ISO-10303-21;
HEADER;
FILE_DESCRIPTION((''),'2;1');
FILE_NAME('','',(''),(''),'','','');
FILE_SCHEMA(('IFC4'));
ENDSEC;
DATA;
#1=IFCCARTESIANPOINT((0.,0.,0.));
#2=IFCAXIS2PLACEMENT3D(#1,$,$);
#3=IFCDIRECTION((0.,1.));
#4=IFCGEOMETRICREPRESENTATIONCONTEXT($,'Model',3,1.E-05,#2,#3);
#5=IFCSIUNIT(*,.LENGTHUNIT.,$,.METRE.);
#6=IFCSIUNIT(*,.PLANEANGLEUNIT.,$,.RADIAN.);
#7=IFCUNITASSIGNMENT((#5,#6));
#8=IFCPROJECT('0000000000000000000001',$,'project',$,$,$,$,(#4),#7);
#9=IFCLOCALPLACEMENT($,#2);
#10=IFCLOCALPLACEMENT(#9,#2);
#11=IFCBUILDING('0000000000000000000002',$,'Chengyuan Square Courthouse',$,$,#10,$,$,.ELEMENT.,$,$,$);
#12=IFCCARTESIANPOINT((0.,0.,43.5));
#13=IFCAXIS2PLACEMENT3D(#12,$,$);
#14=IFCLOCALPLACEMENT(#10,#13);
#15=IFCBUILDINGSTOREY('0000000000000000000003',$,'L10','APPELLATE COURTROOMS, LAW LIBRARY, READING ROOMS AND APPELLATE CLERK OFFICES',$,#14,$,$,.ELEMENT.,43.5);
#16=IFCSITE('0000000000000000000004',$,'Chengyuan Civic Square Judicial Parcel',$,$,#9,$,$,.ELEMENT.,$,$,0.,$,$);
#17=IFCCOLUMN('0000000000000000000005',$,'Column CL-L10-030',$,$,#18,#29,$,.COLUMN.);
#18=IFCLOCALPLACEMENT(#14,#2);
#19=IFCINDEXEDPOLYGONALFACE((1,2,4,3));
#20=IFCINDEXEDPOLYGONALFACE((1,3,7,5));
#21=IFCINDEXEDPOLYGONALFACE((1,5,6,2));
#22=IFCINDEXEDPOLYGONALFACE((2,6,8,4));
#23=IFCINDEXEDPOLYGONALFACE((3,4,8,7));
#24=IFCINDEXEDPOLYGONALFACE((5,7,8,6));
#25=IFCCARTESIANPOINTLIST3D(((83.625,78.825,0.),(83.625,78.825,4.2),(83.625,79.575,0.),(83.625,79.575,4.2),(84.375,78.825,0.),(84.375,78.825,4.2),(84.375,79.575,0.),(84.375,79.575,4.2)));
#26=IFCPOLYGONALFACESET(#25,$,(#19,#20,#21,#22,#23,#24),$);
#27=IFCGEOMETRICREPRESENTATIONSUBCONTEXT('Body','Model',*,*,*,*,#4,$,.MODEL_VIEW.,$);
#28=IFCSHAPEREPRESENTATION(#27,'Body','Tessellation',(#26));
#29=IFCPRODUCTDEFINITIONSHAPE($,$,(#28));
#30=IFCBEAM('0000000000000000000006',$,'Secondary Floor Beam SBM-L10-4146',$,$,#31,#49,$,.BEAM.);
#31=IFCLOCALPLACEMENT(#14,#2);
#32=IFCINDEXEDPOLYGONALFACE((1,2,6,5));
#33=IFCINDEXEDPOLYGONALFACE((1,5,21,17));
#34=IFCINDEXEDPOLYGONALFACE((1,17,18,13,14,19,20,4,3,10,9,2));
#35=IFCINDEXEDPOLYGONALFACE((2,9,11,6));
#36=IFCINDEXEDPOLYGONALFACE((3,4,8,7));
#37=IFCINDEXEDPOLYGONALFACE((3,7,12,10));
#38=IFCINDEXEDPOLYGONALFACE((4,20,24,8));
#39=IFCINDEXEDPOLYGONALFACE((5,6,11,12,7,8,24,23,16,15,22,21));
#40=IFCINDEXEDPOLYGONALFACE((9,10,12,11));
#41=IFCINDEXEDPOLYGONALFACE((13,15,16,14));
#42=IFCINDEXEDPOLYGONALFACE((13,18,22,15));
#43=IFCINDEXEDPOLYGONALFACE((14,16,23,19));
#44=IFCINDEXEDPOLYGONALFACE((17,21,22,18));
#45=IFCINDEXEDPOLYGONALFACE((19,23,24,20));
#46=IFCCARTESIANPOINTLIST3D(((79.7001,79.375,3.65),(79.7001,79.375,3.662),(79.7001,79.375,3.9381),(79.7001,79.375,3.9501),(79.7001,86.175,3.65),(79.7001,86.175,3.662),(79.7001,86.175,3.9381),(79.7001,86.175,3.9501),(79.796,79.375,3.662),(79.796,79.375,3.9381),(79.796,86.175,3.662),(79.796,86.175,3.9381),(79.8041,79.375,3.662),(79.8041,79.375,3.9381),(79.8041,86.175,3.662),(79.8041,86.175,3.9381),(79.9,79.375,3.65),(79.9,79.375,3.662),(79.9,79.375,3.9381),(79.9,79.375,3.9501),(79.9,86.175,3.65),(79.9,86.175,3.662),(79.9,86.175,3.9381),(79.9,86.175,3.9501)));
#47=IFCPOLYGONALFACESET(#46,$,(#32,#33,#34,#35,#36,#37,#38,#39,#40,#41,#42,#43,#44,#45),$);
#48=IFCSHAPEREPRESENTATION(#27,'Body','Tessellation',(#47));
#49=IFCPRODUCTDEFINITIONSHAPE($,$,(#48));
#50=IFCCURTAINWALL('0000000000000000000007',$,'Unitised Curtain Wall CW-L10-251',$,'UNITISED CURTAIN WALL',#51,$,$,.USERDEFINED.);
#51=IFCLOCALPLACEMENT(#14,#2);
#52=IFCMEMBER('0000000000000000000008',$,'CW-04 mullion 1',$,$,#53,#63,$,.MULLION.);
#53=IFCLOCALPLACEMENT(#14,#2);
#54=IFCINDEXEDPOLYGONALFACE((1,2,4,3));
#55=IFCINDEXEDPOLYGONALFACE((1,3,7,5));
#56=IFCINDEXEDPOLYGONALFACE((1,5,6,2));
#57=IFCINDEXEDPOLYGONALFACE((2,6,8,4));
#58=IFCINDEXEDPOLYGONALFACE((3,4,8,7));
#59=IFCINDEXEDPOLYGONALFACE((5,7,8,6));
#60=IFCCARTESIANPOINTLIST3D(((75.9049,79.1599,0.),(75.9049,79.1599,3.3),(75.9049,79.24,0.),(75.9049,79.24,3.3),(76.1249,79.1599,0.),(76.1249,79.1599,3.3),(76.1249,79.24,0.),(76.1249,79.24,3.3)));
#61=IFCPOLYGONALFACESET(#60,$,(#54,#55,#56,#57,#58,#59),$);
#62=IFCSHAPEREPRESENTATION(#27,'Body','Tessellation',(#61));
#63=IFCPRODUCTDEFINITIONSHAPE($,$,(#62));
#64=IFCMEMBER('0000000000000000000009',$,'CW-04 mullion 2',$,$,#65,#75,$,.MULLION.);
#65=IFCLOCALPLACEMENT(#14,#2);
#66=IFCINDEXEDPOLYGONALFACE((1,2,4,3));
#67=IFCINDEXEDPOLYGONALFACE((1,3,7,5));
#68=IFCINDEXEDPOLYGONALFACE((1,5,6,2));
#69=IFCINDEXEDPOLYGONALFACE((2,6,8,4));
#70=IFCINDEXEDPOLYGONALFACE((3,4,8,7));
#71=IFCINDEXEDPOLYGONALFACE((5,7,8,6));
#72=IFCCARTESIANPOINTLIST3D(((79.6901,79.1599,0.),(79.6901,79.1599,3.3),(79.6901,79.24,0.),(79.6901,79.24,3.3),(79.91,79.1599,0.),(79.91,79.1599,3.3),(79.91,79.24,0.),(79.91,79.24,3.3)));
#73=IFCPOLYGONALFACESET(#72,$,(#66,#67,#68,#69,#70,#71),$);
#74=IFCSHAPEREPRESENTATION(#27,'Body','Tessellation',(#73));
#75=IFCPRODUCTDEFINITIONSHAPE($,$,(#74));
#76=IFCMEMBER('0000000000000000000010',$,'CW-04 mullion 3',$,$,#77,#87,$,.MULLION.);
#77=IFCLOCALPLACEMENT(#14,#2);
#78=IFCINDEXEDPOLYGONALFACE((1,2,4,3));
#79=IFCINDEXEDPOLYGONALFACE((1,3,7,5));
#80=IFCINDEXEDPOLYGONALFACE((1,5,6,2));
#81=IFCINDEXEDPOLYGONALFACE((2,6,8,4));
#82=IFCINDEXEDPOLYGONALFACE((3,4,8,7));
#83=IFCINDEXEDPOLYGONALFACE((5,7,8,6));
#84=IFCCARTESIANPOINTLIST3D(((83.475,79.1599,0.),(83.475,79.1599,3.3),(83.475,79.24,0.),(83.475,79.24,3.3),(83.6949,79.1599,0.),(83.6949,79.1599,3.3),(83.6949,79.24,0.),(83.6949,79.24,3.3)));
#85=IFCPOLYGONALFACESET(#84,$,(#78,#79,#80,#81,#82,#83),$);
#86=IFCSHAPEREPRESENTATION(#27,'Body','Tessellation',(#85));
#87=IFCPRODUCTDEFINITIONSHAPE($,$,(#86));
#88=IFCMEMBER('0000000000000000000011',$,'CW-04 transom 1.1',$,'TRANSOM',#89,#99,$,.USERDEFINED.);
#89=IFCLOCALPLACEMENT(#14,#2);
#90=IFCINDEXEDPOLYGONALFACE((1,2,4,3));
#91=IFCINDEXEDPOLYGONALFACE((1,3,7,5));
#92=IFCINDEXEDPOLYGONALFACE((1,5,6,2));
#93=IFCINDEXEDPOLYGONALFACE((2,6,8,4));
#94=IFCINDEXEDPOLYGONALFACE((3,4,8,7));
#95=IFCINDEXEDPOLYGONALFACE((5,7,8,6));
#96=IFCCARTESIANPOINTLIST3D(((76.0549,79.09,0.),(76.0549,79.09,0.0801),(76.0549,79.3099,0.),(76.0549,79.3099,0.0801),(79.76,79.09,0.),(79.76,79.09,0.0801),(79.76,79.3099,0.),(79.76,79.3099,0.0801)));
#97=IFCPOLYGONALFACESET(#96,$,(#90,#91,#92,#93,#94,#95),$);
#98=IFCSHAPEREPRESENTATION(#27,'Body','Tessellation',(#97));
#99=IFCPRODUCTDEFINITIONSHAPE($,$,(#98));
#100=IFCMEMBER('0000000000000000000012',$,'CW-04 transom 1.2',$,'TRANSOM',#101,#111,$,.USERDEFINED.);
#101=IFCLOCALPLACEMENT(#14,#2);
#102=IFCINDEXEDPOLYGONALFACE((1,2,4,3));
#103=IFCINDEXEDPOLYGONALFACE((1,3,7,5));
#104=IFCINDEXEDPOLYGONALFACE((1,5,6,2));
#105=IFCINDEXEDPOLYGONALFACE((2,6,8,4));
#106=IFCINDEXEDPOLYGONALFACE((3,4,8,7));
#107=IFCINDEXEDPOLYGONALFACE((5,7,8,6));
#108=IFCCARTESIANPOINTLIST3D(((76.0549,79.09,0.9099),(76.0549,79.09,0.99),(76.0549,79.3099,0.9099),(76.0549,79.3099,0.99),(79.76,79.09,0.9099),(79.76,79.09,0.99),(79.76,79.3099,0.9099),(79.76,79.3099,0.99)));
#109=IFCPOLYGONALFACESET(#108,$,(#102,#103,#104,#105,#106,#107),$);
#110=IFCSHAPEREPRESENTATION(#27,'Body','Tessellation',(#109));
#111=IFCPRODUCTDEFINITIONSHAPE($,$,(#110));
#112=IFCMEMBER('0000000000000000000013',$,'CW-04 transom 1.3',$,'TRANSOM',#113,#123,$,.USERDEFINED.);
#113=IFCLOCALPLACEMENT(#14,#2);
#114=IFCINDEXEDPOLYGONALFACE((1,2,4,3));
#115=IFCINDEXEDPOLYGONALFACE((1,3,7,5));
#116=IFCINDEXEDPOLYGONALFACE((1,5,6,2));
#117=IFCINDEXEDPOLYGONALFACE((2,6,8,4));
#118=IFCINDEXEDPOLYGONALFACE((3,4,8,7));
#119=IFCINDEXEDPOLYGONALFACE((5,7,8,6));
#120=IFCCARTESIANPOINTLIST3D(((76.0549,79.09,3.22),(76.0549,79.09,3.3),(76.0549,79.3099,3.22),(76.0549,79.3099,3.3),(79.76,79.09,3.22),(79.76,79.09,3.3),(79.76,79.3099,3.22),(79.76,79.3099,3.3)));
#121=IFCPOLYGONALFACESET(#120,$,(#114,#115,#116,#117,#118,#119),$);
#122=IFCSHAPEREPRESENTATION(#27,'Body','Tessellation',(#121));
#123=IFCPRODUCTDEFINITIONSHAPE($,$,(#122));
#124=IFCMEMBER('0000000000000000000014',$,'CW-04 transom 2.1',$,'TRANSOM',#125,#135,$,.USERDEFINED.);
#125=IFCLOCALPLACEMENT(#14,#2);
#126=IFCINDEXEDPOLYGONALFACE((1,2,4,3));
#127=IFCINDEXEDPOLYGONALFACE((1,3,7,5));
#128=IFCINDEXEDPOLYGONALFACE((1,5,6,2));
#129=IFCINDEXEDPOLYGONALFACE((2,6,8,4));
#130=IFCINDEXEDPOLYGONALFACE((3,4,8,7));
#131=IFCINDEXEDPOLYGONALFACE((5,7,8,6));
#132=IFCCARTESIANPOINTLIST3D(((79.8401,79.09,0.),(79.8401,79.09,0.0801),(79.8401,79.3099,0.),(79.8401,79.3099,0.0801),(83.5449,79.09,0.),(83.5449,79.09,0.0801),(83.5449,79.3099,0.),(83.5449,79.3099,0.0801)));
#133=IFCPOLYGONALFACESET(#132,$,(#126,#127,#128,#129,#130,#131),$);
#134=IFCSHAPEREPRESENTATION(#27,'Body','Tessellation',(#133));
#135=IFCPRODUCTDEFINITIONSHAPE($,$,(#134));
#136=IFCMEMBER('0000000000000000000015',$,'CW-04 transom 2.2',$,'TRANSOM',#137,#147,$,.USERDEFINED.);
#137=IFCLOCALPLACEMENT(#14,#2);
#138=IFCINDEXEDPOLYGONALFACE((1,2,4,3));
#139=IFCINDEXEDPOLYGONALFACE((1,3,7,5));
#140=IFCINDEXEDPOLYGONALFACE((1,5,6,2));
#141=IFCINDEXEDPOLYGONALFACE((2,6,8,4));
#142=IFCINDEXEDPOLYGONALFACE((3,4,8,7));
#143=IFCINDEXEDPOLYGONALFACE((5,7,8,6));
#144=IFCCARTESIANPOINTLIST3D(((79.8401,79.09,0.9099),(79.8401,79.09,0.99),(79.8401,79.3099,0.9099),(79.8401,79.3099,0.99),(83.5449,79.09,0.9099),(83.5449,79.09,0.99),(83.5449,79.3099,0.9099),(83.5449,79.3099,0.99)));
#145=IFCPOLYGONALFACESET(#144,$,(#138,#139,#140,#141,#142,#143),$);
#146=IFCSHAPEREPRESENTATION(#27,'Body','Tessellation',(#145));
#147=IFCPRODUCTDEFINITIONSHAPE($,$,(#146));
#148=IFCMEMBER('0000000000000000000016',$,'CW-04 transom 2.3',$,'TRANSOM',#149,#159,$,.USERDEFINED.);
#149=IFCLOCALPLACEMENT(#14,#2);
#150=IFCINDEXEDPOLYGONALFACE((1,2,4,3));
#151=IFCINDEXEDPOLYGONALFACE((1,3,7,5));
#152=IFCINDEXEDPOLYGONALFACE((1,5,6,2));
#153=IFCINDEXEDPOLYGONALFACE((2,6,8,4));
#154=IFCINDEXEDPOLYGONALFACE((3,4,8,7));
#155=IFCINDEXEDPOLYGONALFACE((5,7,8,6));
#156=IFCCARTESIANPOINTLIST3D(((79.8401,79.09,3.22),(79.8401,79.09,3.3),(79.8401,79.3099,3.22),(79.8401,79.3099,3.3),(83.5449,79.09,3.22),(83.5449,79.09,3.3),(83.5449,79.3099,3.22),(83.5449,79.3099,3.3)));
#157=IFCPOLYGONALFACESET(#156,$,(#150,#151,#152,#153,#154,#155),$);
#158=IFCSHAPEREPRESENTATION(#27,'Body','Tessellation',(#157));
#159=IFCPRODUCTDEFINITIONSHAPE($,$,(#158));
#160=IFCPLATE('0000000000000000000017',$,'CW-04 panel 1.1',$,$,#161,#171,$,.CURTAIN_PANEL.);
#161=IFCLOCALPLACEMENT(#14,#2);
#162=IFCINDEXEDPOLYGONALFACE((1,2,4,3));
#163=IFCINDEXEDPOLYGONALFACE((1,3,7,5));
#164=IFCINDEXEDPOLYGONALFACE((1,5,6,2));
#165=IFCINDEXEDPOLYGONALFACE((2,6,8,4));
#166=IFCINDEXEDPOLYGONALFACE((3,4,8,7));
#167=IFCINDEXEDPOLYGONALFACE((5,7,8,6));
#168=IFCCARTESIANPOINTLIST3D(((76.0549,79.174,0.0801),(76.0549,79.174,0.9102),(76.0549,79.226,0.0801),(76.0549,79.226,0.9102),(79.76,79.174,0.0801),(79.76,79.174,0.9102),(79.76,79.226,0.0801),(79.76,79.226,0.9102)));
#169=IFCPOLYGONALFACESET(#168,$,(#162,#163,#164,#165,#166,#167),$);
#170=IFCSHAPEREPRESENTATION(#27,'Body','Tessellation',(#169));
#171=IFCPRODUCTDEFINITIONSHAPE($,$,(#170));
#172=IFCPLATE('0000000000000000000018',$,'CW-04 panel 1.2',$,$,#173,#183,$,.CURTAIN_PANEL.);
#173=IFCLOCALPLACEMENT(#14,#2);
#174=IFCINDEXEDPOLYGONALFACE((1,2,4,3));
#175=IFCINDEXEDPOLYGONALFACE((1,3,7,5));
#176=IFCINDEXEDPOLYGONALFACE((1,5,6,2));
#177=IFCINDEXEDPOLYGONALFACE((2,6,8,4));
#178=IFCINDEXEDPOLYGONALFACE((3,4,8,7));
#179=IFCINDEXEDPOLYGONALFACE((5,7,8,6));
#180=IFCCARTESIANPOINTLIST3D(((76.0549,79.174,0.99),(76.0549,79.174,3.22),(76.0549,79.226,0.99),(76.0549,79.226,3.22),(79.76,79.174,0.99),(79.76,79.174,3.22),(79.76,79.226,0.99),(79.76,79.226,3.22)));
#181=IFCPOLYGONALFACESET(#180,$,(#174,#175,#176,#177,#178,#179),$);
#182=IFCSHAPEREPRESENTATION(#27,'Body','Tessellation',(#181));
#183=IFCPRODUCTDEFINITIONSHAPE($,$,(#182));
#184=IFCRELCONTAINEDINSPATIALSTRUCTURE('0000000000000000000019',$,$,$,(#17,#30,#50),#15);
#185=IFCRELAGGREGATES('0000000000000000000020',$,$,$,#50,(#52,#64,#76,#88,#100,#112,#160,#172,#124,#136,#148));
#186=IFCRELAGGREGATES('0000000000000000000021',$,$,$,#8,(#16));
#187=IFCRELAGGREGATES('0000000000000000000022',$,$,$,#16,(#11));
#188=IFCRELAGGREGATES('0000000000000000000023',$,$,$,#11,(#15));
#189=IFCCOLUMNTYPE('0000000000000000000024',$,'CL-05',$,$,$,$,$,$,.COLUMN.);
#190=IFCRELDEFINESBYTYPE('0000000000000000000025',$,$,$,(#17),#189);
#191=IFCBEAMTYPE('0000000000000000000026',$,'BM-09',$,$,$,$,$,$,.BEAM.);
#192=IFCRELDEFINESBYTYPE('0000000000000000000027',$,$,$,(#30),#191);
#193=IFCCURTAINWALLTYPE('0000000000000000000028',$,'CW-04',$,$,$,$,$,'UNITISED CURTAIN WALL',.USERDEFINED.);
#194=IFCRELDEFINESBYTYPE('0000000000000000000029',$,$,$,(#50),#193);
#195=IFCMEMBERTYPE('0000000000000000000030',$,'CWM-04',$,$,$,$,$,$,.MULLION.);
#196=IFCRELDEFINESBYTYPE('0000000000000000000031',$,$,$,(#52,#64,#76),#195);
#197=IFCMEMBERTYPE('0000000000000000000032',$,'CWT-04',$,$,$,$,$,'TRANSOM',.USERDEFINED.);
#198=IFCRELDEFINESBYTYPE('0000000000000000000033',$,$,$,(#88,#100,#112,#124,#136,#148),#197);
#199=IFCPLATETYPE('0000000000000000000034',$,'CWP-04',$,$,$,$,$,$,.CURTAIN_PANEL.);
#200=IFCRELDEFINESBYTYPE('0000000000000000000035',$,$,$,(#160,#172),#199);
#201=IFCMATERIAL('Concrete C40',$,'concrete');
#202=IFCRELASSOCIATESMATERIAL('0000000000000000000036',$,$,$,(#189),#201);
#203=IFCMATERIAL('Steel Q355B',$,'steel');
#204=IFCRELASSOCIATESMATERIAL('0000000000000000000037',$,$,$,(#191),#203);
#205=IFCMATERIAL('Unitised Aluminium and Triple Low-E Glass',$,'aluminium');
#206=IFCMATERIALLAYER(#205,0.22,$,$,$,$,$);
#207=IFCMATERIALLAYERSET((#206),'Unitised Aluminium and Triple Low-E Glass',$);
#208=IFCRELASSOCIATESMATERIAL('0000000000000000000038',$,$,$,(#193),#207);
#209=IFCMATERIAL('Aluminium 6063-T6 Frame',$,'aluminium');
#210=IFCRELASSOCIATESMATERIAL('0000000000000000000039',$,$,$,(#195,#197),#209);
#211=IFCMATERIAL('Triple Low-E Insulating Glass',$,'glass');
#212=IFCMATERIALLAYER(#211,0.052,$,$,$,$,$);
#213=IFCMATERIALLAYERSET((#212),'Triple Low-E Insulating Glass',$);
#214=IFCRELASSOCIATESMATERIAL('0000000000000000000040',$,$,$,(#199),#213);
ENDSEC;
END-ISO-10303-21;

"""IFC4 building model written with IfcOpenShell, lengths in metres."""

from ifc_helpers import new_model, si_unit, direction, frame, origin, origin_2d, place, context, subcontext, project, spatial, rectangle, i_section, extrude, material, layer, layer_set, material_profile, profile_set, type_object, element, aggregate, save


model = new_model("IFC4")

# Units and contexts
model_context = context("Model", 3, precision=1e-05, world=origin(), true_north=direction((0.0, 1.0)))
body_context = subcontext(model_context, "Body", "Model", "MODEL_VIEW")
ifc_project = project(units=[si_unit("LENGTHUNIT", "METRE"), si_unit("PLANEANGLEUNIT", "RADIAN")], contexts=[model_context])

# Site, building, storey
site_placement = place(None, origin())
site = spatial("IfcSite", under=ifc_project, at=site_placement, Name="Chengyuan Civic Square Judicial Parcel", CompositionType="ELEMENT", RefElevation=0.0)
building_placement = place(site_placement, origin())
building = spatial("IfcBuilding", under=site, at=building_placement, Name="Chengyuan Square Courthouse", CompositionType="ELEMENT")
storey_placement = place(building_placement, frame((0.0, 0.0, 43.5)))
storey = spatial("IfcBuildingStorey", under=building, at=storey_placement, Name="L10", Description="APPELLATE COURTROOMS, LAW LIBRARY, READING ROOMS AND APPELLATE CLERK OFFICES", CompositionType="ELEMENT", Elevation=43.5)

# Column
ifc_material_1 = material(Name="Concrete C40", Category="concrete")
ifc_material_profile_1 = material_profile(ifc_material_1, rectangle(XDim=0.75, YDim=0.75, at=origin_2d()), Name="RC-COL-750x750")
ifc_profile_set_1 = profile_set([ifc_material_profile_1], Name="Concrete C40")
column_type = type_object("IfcColumnType", Name="CL-05", PredefinedType="COLUMN", material=ifc_profile_set_1)
column_placement = place(storey_placement, frame((84.0, 79.2, 0.0), z_axis=(0.0, 0.0, 1.0), x_axis=(1.0, 0.0, 0.0)))
element("IfcColumn", 1, at=column_placement, inside=storey, type_object=column_type, Name="Column CL-L10-030", PredefinedType="COLUMN", context=body_context, shape_type="SweptSolid", body=[
    extrude(rectangle(XDim=0.75, YDim=0.75, at=origin_2d()), origin(), (0.0, 0.0, 1.0), 4.2),
])

# Beam
ifc_material_2 = material(Name="Steel Q355B", Category="steel")
ifc_material_profile_2 = material_profile(ifc_material_2, i_section(OverallWidth=0.2, OverallDepth=0.3, WebThickness=0.0081, FlangeThickness=0.012, at=origin_2d()), Name="HM 300x200x8x12")
ifc_profile_set_2 = profile_set([ifc_material_profile_2], Name="Steel Q355B")
beam_type = type_object("IfcBeamType", Name="BM-09", PredefinedType="BEAM", material=ifc_profile_set_2)
beam_placement = place(storey_placement, frame((79.8, 79.375, 3.8), z_axis=(0.0, 1.0, 0.0), x_axis=(-1.0, 0.0, 0.0)))
element("IfcBeam", 2, at=beam_placement, inside=storey, type_object=beam_type, Name="Secondary Floor Beam SBM-L10-4146", PredefinedType="BEAM", context=body_context, shape_type="SweptSolid", body=[
    extrude(i_section(OverallWidth=0.2, OverallDepth=0.3, WebThickness=0.0081, FlangeThickness=0.012, at=origin_2d()), origin(), (0.0, 0.0, 1.0), 6.8),
])

# Curtain wall, members, plates
ifc_material_3 = material(Name="Unitised Aluminium and Triple Low-E Glass", Category="aluminium")
ifc_layer_1 = layer(ifc_material_3, 0.22)
ifc_layer_set_1 = layer_set([ifc_layer_1], Name="Unitised Aluminium and Triple Low-E Glass")
curtain_wall_type = type_object("IfcCurtainWallType", Name="CW-04", ElementType="UNITISED CURTAIN WALL", PredefinedType="USERDEFINED", material=ifc_layer_set_1)
curtain_wall_placement = place(storey_placement, origin())
curtain_wall = element("IfcCurtainWall", 3, at=curtain_wall_placement, inside=storey, type_object=curtain_wall_type, Name="Unitised Curtain Wall CW-L10-251", ObjectType="UNITISED CURTAIN WALL", PredefinedType="USERDEFINED")
ifc_material_4 = material(Name="Aluminium 6063-T6 Frame", Category="aluminium")
ifc_material_profile_3 = material_profile(ifc_material_4, rectangle(XDim=0.0801, YDim=0.22, at=origin_2d()), Name="CW-MUL-80x220")
ifc_profile_set_3 = profile_set([ifc_material_profile_3], Name="Aluminium 6063-T6 Frame")
member_type_1 = type_object("IfcMemberType", Name="CWM-04", PredefinedType="MULLION", material=ifc_profile_set_3)
member_1_placement = place(storey_placement, frame((76.0149, 79.2, 0.0), z_axis=(0.0, 0.0, 1.0), x_axis=(0.0, 1.0, 0.0)))
member_1 = element("IfcMember", 4, at=member_1_placement, type_object=member_type_1, Name="CW-04 mullion 1", PredefinedType="MULLION", context=body_context, shape_type="SweptSolid", body=[
    extrude(rectangle(XDim=0.0801, YDim=0.22, at=origin_2d()), origin(), (0.0, 0.0, 1.0), 3.3),
])
member_2_placement = place(storey_placement, frame((79.8, 79.2, 0.0), z_axis=(0.0, 0.0, 1.0), x_axis=(0.0, 1.0, 0.0)))
member_2 = element("IfcMember", 5, at=member_2_placement, type_object=member_type_1, Name="CW-04 mullion 2", PredefinedType="MULLION", context=body_context, shape_type="SweptSolid", body=[
    extrude(rectangle(XDim=0.0801, YDim=0.22, at=origin_2d()), origin(), (0.0, 0.0, 1.0), 3.3),
])
member_3_placement = place(storey_placement, frame((83.585, 79.2, 0.0), z_axis=(0.0, 0.0, 1.0), x_axis=(0.0, 1.0, 0.0)))
member_3 = element("IfcMember", 6, at=member_3_placement, type_object=member_type_1, Name="CW-04 mullion 3", PredefinedType="MULLION", context=body_context, shape_type="SweptSolid", body=[
    extrude(rectangle(XDim=0.0801, YDim=0.22, at=origin_2d()), origin(), (0.0, 0.0, 1.0), 3.3),
])
ifc_material_profile_4 = material_profile(ifc_material_4, rectangle(XDim=0.22, YDim=0.0801, at=origin_2d()), Name="CW-TRN-80x180")
ifc_profile_set_4 = profile_set([ifc_material_profile_4], Name="Aluminium 6063-T6 Frame")
member_type_2 = type_object("IfcMemberType", Name="CWT-04", ElementType="TRANSOM", PredefinedType="USERDEFINED", material=ifc_profile_set_4)
member_4_placement = place(storey_placement, frame((76.0549, 79.2, 0.04), z_axis=(1.0, 0.0, 0.0), x_axis=(0.0, 1.0, 0.0)))
member_4 = element("IfcMember", 7, at=member_4_placement, type_object=member_type_2, Name="CW-04 transom 1.1", ObjectType="TRANSOM", PredefinedType="USERDEFINED", context=body_context, shape_type="SweptSolid", body=[
    extrude(rectangle(XDim=0.22, YDim=0.0801, at=origin_2d()), origin(), (0.0, 0.0, 1.0), 3.7051),
])
member_5_placement = place(storey_placement, frame((76.0549, 79.2, 0.95), z_axis=(1.0, 0.0, 0.0), x_axis=(0.0, 1.0, 0.0)))
member_5 = element("IfcMember", 8, at=member_5_placement, type_object=member_type_2, Name="CW-04 transom 1.2", ObjectType="TRANSOM", PredefinedType="USERDEFINED", context=body_context, shape_type="SweptSolid", body=[
    extrude(rectangle(XDim=0.22, YDim=0.0801, at=origin_2d()), origin(), (0.0, 0.0, 1.0), 3.7051),
])
member_6_placement = place(storey_placement, frame((76.0549, 79.2, 3.26), z_axis=(1.0, 0.0, 0.0), x_axis=(0.0, 1.0, 0.0)))
member_6 = element("IfcMember", 9, at=member_6_placement, type_object=member_type_2, Name="CW-04 transom 1.3", ObjectType="TRANSOM", PredefinedType="USERDEFINED", context=body_context, shape_type="SweptSolid", body=[
    extrude(rectangle(XDim=0.22, YDim=0.0801, at=origin_2d()), origin(), (0.0, 0.0, 1.0), 3.7051),
])
member_7_placement = place(storey_placement, frame((79.8401, 79.2, 0.04), z_axis=(1.0, 0.0, 0.0), x_axis=(0.0, 1.0, 0.0)))
member_7 = element("IfcMember", 10, at=member_7_placement, type_object=member_type_2, Name="CW-04 transom 2.1", ObjectType="TRANSOM", PredefinedType="USERDEFINED", context=body_context, shape_type="SweptSolid", body=[
    extrude(rectangle(XDim=0.22, YDim=0.0801, at=origin_2d()), origin(), (0.0, 0.0, 1.0), 3.7048),
])
member_8_placement = place(storey_placement, frame((79.8401, 79.2, 0.95), z_axis=(1.0, 0.0, 0.0), x_axis=(0.0, 1.0, 0.0)))
member_8 = element("IfcMember", 11, at=member_8_placement, type_object=member_type_2, Name="CW-04 transom 2.2", ObjectType="TRANSOM", PredefinedType="USERDEFINED", context=body_context, shape_type="SweptSolid", body=[
    extrude(rectangle(XDim=0.22, YDim=0.0801, at=origin_2d()), origin(), (0.0, 0.0, 1.0), 3.7048),
])
member_9_placement = place(storey_placement, frame((79.8401, 79.2, 3.26), z_axis=(1.0, 0.0, 0.0), x_axis=(0.0, 1.0, 0.0)))
member_9 = element("IfcMember", 12, at=member_9_placement, type_object=member_type_2, Name="CW-04 transom 2.3", ObjectType="TRANSOM", PredefinedType="USERDEFINED", context=body_context, shape_type="SweptSolid", body=[
    extrude(rectangle(XDim=0.22, YDim=0.0801, at=origin_2d()), origin(), (0.0, 0.0, 1.0), 3.7048),
])
ifc_material_5 = material(Name="Triple Low-E Insulating Glass", Category="glass")
ifc_layer_2 = layer(ifc_material_5, 0.052)
ifc_layer_set_2 = layer_set([ifc_layer_2], Name="Triple Low-E Insulating Glass")
plate_type = type_object("IfcPlateType", Name="CWP-04", PredefinedType="CURTAIN_PANEL", material=ifc_layer_set_2)
plate_1_placement = place(storey_placement, frame((77.9075, 79.2, 0.0801), z_axis=(0.0, 0.0, 1.0), x_axis=(1.0, 0.0, 0.0)))
plate_1 = element("IfcPlate", 13, at=plate_1_placement, type_object=plate_type, Name="CW-04 panel 1.1", PredefinedType="CURTAIN_PANEL", context=body_context, shape_type="SweptSolid", body=[
    extrude(rectangle(XDim=3.7051, YDim=0.052, at=origin_2d()), origin(), (0.0, 0.0, 1.0), 0.8301),
])
plate_2_placement = place(storey_placement, frame((77.9075, 79.2, 0.99), z_axis=(0.0, 0.0, 1.0), x_axis=(1.0, 0.0, 0.0)))
plate_2 = element("IfcPlate", 14, at=plate_2_placement, type_object=plate_type, Name="CW-04 panel 1.2", PredefinedType="CURTAIN_PANEL", context=body_context, shape_type="SweptSolid", body=[
    extrude(rectangle(XDim=3.7051, YDim=0.052, at=origin_2d()), origin(), (0.0, 0.0, 1.0), 2.23),
])
aggregate(curtain_wall, [member_1, member_2, member_3, member_4, member_5, member_6, plate_1, plate_2, member_7, member_8, member_9])

save(model, "model.ifc")
